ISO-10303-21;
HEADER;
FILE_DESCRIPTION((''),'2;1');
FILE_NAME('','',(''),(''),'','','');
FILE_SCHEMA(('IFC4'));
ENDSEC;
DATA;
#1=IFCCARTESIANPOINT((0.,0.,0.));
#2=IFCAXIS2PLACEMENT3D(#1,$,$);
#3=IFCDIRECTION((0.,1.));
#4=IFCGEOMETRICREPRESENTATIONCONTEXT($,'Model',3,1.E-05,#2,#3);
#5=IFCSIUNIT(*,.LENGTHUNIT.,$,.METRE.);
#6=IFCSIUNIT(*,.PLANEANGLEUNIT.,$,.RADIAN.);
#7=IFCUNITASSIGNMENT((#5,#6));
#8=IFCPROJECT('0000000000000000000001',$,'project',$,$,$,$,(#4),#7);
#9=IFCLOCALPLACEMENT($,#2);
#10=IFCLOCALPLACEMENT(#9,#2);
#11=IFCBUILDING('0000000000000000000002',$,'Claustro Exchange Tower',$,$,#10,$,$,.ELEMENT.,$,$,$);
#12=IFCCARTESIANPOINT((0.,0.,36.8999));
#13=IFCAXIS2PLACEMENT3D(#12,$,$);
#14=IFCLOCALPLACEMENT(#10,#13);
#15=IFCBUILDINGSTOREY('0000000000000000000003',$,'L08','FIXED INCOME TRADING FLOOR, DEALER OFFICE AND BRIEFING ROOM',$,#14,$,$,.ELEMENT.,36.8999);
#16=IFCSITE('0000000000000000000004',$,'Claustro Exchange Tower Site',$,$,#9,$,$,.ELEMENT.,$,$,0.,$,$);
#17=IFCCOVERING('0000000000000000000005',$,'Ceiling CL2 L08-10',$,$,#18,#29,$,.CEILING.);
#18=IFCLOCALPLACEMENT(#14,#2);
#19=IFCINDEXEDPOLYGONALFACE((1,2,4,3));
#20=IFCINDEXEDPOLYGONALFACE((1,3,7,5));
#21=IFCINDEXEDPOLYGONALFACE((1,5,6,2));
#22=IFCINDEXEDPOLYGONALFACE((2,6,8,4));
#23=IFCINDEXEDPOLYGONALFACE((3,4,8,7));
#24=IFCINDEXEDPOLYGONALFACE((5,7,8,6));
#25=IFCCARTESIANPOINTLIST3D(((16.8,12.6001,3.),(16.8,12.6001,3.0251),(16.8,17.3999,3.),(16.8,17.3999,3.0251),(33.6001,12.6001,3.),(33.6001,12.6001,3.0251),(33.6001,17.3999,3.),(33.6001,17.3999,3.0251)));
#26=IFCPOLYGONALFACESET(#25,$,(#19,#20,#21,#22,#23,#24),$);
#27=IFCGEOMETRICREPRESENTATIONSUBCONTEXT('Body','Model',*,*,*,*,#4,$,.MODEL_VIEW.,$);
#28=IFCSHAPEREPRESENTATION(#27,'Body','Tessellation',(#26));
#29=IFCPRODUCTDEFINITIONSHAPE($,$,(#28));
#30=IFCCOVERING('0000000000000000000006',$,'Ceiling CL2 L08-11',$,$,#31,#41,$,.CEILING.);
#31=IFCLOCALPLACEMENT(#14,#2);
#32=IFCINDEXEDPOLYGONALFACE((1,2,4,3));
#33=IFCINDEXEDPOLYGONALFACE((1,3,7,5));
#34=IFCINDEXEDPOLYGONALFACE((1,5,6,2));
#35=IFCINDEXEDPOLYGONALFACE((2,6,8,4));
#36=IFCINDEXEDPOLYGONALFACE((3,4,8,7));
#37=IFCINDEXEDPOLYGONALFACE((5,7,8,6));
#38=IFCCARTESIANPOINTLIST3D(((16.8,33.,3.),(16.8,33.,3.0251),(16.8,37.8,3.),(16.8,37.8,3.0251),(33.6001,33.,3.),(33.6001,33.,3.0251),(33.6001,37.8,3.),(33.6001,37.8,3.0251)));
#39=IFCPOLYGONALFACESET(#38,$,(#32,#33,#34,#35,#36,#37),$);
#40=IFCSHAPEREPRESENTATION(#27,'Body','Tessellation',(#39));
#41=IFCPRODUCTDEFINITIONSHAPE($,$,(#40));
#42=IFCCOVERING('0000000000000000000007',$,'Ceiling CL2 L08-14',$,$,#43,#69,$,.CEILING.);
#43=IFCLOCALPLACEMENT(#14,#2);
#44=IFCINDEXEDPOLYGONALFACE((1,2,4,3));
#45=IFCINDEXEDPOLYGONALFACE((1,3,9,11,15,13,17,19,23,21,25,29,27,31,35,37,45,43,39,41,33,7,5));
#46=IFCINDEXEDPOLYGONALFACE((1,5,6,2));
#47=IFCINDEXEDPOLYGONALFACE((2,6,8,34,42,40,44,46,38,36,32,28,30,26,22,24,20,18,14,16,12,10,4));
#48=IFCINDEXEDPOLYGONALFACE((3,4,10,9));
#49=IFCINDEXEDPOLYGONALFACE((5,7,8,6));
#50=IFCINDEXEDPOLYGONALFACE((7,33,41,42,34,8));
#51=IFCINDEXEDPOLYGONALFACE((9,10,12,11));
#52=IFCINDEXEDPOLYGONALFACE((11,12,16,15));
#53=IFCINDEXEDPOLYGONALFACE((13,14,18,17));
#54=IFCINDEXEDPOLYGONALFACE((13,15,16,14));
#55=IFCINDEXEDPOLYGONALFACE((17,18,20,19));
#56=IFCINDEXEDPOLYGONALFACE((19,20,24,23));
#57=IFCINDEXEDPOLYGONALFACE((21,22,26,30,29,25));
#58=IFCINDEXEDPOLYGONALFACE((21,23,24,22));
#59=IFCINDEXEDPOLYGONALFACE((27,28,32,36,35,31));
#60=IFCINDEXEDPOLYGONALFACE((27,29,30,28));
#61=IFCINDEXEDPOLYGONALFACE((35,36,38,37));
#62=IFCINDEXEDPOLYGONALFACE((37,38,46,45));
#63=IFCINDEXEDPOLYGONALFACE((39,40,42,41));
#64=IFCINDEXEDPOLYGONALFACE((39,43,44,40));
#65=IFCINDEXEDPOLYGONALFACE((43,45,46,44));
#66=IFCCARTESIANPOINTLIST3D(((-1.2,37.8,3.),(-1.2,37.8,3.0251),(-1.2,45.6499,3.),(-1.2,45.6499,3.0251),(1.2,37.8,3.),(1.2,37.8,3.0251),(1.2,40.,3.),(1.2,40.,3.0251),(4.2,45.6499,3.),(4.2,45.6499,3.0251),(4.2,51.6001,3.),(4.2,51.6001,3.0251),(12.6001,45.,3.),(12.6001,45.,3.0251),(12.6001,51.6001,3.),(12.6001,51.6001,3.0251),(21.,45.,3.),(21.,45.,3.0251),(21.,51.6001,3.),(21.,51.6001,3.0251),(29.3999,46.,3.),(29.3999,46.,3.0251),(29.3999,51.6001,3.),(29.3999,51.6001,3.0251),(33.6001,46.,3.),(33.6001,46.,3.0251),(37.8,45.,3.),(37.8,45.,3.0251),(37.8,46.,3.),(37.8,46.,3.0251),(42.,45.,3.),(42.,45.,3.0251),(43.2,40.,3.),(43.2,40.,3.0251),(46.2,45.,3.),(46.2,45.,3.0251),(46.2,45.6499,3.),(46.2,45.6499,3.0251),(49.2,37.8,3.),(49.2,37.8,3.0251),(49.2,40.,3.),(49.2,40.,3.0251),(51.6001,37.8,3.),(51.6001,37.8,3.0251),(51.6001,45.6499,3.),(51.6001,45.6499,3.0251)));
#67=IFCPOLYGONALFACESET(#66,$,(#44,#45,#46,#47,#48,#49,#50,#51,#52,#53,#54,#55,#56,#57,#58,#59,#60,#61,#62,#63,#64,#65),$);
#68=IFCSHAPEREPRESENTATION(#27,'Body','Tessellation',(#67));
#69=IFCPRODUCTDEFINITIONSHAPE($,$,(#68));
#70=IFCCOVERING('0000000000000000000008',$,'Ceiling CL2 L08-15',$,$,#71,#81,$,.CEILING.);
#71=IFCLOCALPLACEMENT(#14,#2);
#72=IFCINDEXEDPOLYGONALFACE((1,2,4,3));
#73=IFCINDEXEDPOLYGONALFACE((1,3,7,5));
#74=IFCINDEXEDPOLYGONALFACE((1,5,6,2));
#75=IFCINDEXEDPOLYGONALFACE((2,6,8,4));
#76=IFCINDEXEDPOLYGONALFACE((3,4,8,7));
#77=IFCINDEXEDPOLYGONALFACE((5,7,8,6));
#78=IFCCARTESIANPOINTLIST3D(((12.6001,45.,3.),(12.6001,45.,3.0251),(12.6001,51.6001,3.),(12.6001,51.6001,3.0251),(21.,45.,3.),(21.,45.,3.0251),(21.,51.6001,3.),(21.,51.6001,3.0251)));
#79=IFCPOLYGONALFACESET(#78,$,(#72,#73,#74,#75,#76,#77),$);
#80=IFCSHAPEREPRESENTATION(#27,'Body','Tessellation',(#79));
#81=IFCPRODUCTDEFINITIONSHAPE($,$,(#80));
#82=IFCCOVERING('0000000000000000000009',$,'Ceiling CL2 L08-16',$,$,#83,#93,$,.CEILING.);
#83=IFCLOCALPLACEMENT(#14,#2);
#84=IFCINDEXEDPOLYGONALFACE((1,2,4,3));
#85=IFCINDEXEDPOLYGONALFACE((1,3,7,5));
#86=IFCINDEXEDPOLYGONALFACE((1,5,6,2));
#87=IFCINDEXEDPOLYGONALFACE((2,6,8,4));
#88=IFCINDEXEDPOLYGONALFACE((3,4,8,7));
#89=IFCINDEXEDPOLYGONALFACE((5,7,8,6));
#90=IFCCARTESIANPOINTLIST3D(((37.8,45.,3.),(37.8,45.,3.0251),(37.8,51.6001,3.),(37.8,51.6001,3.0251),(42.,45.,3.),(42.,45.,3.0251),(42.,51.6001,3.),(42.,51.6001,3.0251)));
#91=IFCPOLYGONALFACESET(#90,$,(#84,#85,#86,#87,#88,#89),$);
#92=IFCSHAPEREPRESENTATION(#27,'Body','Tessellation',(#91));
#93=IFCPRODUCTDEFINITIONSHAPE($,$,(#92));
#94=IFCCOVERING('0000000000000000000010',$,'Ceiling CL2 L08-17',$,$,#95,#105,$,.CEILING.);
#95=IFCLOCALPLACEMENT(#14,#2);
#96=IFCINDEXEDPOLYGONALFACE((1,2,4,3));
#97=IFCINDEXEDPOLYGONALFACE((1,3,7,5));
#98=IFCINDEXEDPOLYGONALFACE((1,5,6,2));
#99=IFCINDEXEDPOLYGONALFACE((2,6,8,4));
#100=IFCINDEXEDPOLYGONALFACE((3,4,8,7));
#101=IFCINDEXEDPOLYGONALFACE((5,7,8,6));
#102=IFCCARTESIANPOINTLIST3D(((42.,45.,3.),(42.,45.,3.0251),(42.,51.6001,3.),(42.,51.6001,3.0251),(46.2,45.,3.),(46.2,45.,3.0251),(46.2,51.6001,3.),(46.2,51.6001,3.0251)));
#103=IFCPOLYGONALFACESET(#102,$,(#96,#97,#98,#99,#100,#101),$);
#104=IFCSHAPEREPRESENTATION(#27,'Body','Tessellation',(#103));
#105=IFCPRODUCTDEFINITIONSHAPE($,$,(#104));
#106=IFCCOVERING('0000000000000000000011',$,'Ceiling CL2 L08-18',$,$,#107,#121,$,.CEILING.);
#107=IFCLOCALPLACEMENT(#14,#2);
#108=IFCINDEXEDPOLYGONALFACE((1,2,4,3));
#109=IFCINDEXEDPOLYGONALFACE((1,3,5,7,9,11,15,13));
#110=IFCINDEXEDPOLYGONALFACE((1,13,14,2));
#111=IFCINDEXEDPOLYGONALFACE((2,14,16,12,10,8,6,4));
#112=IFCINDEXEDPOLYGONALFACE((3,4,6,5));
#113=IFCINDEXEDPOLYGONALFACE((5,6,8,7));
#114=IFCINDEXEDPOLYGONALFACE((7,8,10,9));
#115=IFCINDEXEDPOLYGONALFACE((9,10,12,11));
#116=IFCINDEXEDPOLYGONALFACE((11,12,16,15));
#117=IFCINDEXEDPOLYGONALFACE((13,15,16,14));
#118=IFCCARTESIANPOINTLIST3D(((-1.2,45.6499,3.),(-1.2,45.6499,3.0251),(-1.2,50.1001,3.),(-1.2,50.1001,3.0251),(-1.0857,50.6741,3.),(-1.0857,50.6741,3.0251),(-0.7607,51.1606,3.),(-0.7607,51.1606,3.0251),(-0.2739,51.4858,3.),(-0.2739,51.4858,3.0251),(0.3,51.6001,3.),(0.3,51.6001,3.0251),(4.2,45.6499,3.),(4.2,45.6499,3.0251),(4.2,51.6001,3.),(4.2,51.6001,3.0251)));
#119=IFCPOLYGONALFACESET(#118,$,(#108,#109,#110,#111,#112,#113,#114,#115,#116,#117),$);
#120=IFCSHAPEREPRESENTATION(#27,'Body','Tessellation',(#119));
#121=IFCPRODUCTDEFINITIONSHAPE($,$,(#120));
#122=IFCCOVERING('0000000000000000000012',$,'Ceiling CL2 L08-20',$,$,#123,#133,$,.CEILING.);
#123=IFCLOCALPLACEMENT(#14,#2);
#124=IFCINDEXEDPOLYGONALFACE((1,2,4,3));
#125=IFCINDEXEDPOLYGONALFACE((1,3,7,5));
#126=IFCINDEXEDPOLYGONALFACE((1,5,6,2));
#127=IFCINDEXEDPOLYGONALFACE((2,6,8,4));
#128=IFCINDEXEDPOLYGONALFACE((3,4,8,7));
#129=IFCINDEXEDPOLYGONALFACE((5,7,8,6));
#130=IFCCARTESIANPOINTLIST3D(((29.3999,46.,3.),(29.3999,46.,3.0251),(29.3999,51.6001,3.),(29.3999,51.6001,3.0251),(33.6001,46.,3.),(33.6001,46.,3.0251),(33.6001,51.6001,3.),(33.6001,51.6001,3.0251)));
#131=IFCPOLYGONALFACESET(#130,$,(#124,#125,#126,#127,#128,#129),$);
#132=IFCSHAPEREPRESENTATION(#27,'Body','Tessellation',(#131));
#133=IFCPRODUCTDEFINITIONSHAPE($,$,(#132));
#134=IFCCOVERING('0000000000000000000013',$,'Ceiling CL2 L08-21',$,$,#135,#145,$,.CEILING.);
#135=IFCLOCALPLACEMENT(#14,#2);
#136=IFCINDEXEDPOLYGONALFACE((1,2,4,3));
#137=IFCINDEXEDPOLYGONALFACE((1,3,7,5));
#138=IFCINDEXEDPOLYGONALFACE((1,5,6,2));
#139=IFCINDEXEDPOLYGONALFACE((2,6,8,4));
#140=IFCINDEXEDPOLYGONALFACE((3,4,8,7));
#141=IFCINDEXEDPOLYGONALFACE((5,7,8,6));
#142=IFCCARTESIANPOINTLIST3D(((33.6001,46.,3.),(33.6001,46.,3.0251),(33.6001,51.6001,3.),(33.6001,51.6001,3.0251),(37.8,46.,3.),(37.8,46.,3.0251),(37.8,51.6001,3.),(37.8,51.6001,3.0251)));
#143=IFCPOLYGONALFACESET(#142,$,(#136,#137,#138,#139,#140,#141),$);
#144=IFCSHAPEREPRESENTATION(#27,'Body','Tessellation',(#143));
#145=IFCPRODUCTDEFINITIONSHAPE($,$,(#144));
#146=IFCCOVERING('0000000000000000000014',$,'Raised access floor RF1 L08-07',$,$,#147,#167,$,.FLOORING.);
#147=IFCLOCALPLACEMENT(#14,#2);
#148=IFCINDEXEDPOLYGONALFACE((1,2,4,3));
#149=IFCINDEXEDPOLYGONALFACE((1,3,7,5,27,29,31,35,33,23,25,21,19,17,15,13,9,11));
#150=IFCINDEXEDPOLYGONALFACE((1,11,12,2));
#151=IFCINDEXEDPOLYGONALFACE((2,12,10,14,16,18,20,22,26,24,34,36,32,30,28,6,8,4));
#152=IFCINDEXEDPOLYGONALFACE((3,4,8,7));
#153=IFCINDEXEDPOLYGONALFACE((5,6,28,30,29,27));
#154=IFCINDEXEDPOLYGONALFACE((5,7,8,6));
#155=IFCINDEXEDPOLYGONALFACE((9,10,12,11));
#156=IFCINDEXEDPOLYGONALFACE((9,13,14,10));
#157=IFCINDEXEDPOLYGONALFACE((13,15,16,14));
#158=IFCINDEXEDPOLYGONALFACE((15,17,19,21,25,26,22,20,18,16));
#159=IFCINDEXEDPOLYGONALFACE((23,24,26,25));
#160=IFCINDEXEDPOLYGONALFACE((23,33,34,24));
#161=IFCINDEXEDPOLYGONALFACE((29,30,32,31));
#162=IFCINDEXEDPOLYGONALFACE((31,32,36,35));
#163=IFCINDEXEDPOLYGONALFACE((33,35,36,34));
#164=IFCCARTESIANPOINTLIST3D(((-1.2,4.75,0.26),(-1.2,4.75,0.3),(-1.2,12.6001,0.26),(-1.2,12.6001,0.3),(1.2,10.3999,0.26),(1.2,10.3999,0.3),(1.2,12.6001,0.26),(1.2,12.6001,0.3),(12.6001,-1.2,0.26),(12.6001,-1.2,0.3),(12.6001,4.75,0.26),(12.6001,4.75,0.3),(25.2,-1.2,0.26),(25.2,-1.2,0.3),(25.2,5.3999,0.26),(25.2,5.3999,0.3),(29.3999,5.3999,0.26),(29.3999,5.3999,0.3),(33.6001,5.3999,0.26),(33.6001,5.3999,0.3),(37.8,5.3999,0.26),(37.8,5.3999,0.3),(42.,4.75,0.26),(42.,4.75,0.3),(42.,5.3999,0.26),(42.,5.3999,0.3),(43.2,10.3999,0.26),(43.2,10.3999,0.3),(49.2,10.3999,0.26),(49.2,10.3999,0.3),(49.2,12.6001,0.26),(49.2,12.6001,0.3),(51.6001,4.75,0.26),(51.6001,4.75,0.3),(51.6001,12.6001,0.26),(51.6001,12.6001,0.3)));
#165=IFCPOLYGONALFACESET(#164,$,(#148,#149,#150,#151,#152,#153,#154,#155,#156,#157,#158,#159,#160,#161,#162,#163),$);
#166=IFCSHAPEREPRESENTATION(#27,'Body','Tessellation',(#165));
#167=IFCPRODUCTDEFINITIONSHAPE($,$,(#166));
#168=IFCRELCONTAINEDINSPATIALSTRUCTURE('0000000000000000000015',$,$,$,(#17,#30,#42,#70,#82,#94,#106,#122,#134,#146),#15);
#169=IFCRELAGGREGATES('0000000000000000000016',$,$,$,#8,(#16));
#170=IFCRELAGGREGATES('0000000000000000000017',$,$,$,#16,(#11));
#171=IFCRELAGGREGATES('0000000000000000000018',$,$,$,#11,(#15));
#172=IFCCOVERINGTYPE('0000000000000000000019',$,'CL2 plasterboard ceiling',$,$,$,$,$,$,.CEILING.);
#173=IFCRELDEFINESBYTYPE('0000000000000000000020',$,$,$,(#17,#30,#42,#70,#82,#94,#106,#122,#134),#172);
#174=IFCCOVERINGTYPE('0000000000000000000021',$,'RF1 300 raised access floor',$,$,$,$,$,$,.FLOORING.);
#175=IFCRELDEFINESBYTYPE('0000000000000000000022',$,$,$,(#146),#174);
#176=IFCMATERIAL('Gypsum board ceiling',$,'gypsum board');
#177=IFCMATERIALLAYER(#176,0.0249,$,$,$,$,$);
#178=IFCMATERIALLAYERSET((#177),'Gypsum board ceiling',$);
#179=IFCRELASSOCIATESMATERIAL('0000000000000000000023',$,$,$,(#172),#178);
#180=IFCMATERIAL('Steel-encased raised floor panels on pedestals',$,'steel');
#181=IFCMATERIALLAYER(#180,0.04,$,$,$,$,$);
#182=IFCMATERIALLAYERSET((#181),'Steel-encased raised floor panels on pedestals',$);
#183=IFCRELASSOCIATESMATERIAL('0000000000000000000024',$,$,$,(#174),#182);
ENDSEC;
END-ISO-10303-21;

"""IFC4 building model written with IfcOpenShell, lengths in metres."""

from ifc_helpers import new_model, si_unit, direction, frame, origin, place, context, subcontext, project, spatial, polyline, outline, extrude, material, layer, layer_set, type_object, element, save


model = new_model("IFC4")

# Units and contexts
model_context = context("Model", 3, precision=1e-05, world=origin(), true_north=direction((0.0, 1.0)))
body_context = subcontext(model_context, "Body", "Model", "MODEL_VIEW")
ifc_project = project(units=[si_unit("LENGTHUNIT", "METRE"), si_unit("PLANEANGLEUNIT", "RADIAN")], contexts=[model_context])

# Site, building, storey
site_placement = place(None, origin())
site = spatial("IfcSite", under=ifc_project, at=site_placement, Name="Claustro Exchange Tower Site", CompositionType="ELEMENT", RefElevation=0.0)
building_placement = place(site_placement, origin())
building = spatial("IfcBuilding", under=site, at=building_placement, Name="Claustro Exchange Tower", CompositionType="ELEMENT")
storey_placement = place(building_placement, frame((0.0, 0.0, 36.8999)))
storey = spatial("IfcBuildingStorey", under=building, at=storey_placement, Name="L08", Description="FIXED INCOME TRADING FLOOR, DEALER OFFICE AND BRIEFING ROOM", CompositionType="ELEMENT", Elevation=36.8999)

# Coverings
ifc_material_1 = material(Name="Gypsum board ceiling", Category="gypsum board")
ifc_layer_1 = layer(ifc_material_1, 0.0249)
ifc_layer_set_1 = layer_set([ifc_layer_1], Name="Gypsum board ceiling")
covering_type_1 = type_object("IfcCoveringType", Name="CL2 plasterboard ceiling", PredefinedType="CEILING", material=ifc_layer_set_1)
covering_1_placement = place(storey_placement, frame((0.0, 0.0, 3.0)))
element("IfcCovering", 1, at=covering_1_placement, inside=storey, type_object=covering_type_1, Name="Ceiling CL2 L08-10", PredefinedType="CEILING", context=body_context, shape_type="SweptSolid", body=[
    extrude(outline(polyline([(16.8, 17.3999), (16.8, 12.6001), (33.6001, 12.6001), (33.6001, 17.3999), (16.8, 17.3999)])), origin(), (0.0, 0.0, 1.0), 0.0251),
])
covering_2_placement = place(storey_placement, frame((0.0, 0.0, 3.0)))
element("IfcCovering", 2, at=covering_2_placement, inside=storey, type_object=covering_type_1, Name="Ceiling CL2 L08-11", PredefinedType="CEILING", context=body_context, shape_type="SweptSolid", body=[
    extrude(outline(polyline([(33.6001, 33.0), (33.6001, 37.8), (16.8, 37.8), (16.8, 33.0), (33.6001, 33.0)])), origin(), (0.0, 0.0, 1.0), 0.0251),
])
covering_3_placement = place(storey_placement, frame((0.0, 0.0, 3.0)))
element("IfcCovering", 3, at=covering_3_placement, inside=storey, type_object=covering_type_1, Name="Ceiling CL2 L08-14", PredefinedType="CEILING", context=body_context, shape_type="SweptSolid", body=[
    extrude(outline(polyline([(-1.2, 45.6499), (-1.2, 37.8), (1.2, 37.8), (1.2, 40.0), (43.2, 40.0), (49.2, 40.0), (49.2, 37.8), (51.6001, 37.8), (51.6001, 45.6499), (46.2, 45.6499), (46.2, 45.0), (42.0, 45.0), (37.8, 45.0), (37.8, 46.0), (33.6001, 46.0), (29.3999, 46.0), (29.3999, 51.6001), (21.0, 51.6001), (21.0, 45.0), (12.6001, 45.0), (12.6001, 51.6001), (4.2, 51.6001), (4.2, 45.6499), (-1.2, 45.6499)])), origin(), (0.0, 0.0, 1.0), 0.0251),
])
covering_4_placement = place(storey_placement, frame((0.0, 0.0, 3.0)))
element("IfcCovering", 4, at=covering_4_placement, inside=storey, type_object=covering_type_1, Name="Ceiling CL2 L08-15", PredefinedType="CEILING", context=body_context, shape_type="SweptSolid", body=[
    extrude(outline(polyline([(21.0, 51.6001), (12.6001, 51.6001), (12.6001, 45.0), (21.0, 45.0), (21.0, 51.6001)])), origin(), (0.0, 0.0, 1.0), 0.0251),
])
covering_5_placement = place(storey_placement, frame((0.0, 0.0, 3.0)))
element("IfcCovering", 5, at=covering_5_placement, inside=storey, type_object=covering_type_1, Name="Ceiling CL2 L08-16", PredefinedType="CEILING", context=body_context, shape_type="SweptSolid", body=[
    extrude(outline(polyline([(42.0, 51.6001), (37.8, 51.6001), (37.8, 45.0), (42.0, 45.0), (42.0, 51.6001)])), origin(), (0.0, 0.0, 1.0), 0.0251),
])
covering_6_placement = place(storey_placement, frame((0.0, 0.0, 3.0)))
element("IfcCovering", 6, at=covering_6_placement, inside=storey, type_object=covering_type_1, Name="Ceiling CL2 L08-17", PredefinedType="CEILING", context=body_context, shape_type="SweptSolid", body=[
    extrude(outline(polyline([(46.2, 51.6001), (42.0, 51.6001), (42.0, 45.0), (46.2, 45.0), (46.2, 51.6001)])), origin(), (0.0, 0.0, 1.0), 0.0251),
])
covering_7_placement = place(storey_placement, frame((0.0, 0.0, 3.0)))
element("IfcCovering", 7, at=covering_7_placement, inside=storey, type_object=covering_type_1, Name="Ceiling CL2 L08-18", PredefinedType="CEILING", context=body_context, shape_type="SweptSolid", body=[
    extrude(outline(polyline([(-1.2, 50.1001), (-1.2, 45.6499), (4.2, 45.6499), (4.2, 51.6001), (0.3, 51.6001), (-0.2739, 51.4858), (-0.7607, 51.1606), (-1.0857, 50.6741), (-1.2, 50.1001)])), origin(), (0.0, 0.0, 1.0), 0.0251),
])
covering_8_placement = place(storey_placement, frame((0.0, 0.0, 3.0)))
element("IfcCovering", 8, at=covering_8_placement, inside=storey, type_object=covering_type_1, Name="Ceiling CL2 L08-20", PredefinedType="CEILING", context=body_context, shape_type="SweptSolid", body=[
    extrude(outline(polyline([(33.6001, 51.6001), (29.3999, 51.6001), (29.3999, 46.0), (33.6001, 46.0), (33.6001, 51.6001)])), origin(), (0.0, 0.0, 1.0), 0.0251),
])
covering_9_placement = place(storey_placement, frame((0.0, 0.0, 3.0)))
element("IfcCovering", 9, at=covering_9_placement, inside=storey, type_object=covering_type_1, Name="Ceiling CL2 L08-21", PredefinedType="CEILING", context=body_context, shape_type="SweptSolid", body=[
    extrude(outline(polyline([(37.8, 51.6001), (33.6001, 51.6001), (33.6001, 46.0), (37.8, 46.0), (37.8, 51.6001)])), origin(), (0.0, 0.0, 1.0), 0.0251),
])
ifc_material_2 = material(Name="Steel-encased raised floor panels on pedestals", Category="steel")
ifc_layer_2 = layer(ifc_material_2, 0.04)
ifc_layer_set_2 = layer_set([ifc_layer_2], Name="Steel-encased raised floor panels on pedestals")
covering_type_2 = type_object("IfcCoveringType", Name="RF1 300 raised access floor", PredefinedType="FLOORING", material=ifc_layer_set_2)
covering_10_placement = place(storey_placement, frame((0.0, 0.0, 0.26)))
element("IfcCovering", 10, at=covering_10_placement, inside=storey, type_object=covering_type_2, Name="Raised access floor RF1 L08-07", PredefinedType="FLOORING", context=body_context, shape_type="SweptSolid", body=[
    extrude(outline(polyline([(-1.2, 12.6001), (-1.2, 4.75), (12.6001, 4.75), (12.6001, -1.2), (25.2, -1.2), (25.2, 5.3999), (29.3999, 5.3999), (33.6001, 5.3999), (37.8, 5.3999), (42.0, 5.3999), (42.0, 4.75), (51.6001, 4.75), (51.6001, 12.6001), (49.2, 12.6001), (49.2, 10.3999), (43.2, 10.3999), (1.2, 10.3999), (1.2, 12.6001), (-1.2, 12.6001)])), origin(), (0.0, 0.0, 1.0), 0.04),
])

save(model, "model.ifc")
